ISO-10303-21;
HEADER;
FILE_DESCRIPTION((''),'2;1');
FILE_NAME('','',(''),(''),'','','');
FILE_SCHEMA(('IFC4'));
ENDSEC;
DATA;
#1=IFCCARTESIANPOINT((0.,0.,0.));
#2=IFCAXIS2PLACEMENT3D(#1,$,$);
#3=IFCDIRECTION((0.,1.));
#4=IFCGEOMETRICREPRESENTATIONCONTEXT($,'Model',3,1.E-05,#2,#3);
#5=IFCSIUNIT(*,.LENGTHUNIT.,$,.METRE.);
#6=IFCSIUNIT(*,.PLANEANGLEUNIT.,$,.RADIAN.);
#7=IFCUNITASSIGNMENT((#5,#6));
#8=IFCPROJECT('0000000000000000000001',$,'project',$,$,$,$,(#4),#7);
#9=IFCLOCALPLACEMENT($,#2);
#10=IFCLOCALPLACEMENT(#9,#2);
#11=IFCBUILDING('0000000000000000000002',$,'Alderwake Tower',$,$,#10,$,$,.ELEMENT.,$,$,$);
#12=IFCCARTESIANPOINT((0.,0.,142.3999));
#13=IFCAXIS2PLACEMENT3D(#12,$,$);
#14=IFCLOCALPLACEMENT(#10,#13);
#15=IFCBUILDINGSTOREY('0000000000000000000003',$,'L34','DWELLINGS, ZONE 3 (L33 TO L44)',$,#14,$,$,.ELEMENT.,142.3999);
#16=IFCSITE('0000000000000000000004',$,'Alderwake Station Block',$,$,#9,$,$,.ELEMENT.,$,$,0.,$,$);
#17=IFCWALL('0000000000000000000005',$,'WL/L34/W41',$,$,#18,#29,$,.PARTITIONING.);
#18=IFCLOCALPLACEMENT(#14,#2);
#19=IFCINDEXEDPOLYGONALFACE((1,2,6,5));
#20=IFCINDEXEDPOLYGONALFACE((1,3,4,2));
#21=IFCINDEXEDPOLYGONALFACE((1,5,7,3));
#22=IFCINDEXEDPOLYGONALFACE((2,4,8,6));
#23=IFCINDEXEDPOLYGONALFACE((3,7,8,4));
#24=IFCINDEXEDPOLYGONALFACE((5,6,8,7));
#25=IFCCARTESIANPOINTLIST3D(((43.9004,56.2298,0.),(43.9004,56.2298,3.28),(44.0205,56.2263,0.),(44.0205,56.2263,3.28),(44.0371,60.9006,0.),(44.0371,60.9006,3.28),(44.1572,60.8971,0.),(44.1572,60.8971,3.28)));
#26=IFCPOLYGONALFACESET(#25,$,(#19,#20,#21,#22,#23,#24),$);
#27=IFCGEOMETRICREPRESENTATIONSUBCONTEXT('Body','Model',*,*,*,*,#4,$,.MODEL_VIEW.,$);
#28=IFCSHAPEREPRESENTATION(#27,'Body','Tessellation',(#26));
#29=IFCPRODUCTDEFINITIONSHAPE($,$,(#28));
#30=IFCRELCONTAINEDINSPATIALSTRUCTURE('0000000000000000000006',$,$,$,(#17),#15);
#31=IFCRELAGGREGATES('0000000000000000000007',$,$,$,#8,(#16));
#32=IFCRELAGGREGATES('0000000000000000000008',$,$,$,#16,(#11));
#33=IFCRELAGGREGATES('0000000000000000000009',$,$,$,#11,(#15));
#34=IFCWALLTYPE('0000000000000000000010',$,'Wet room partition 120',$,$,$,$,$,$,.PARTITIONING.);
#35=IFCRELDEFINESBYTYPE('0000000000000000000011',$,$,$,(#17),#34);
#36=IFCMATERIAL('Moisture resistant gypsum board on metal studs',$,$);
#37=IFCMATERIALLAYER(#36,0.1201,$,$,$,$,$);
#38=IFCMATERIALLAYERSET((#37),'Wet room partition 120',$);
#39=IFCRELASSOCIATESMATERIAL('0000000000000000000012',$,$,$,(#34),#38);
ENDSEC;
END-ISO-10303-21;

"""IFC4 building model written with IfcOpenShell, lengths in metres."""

from ifc_helpers import new_model, si_unit, direction, frame, frame_2d, origin, place, context, subcontext, project, spatial, rectangle, extrude, material, layer, layer_set, type_object, element, save


model = new_model("IFC4")

# Units and contexts
model_context = context("Model", 3, precision=1e-05, world=origin(), true_north=direction((0.0, 1.0)))
body_context = subcontext(model_context, "Body", "Model", "MODEL_VIEW")
ifc_project = project(units=[si_unit("LENGTHUNIT", "METRE"), si_unit("PLANEANGLEUNIT", "RADIAN")], contexts=[model_context])

# Site, building, storey
site_placement = place(None, origin())
site = spatial("IfcSite", under=ifc_project, at=site_placement, Name="Alderwake Station Block", CompositionType="ELEMENT", RefElevation=0.0)
building_placement = place(site_placement, origin())
building = spatial("IfcBuilding", under=site, at=building_placement, Name="Alderwake Tower", CompositionType="ELEMENT")
storey_placement = place(building_placement, frame((0.0, 0.0, 142.3999)))
storey = spatial("IfcBuildingStorey", under=building, at=storey_placement, Name="L34", Description="DWELLINGS, ZONE 3 (L33 TO L44)", CompositionType="ELEMENT", Elevation=142.3999)

# Shared definitions
ifc_material_1 = material(Name="Moisture resistant gypsum board on metal studs")
ifc_layer_1 = layer(ifc_material_1, 0.1201)
ifc_layer_set_1 = layer_set([ifc_layer_1], Name="Wet room partition 120")
wall_type_1 = type_object("IfcWallType", Name="Wet room partition 120", PredefinedType="PARTITIONING", material=ifc_layer_set_1)

# Wall
wall_1_placement = place(storey_placement, frame((43.9604, 56.228, 0.0), z_axis=(0.0, 0.0, 1.0), x_axis=(0.029258, 0.999572, 0.0)))
element("IfcWall", 1, at=wall_1_placement, inside=storey, type_object=wall_type_1, Name="WL/L34/W41", PredefinedType="PARTITIONING", context=body_context, shape_type="SweptSolid", body=[
    extrude(rectangle(XDim=4.6729, YDim=0.1201, at=frame_2d((2.3364, 0.0))), origin(), (0.0, 0.0, 1.0), 3.28),
])

save(model, "model.ifc")
